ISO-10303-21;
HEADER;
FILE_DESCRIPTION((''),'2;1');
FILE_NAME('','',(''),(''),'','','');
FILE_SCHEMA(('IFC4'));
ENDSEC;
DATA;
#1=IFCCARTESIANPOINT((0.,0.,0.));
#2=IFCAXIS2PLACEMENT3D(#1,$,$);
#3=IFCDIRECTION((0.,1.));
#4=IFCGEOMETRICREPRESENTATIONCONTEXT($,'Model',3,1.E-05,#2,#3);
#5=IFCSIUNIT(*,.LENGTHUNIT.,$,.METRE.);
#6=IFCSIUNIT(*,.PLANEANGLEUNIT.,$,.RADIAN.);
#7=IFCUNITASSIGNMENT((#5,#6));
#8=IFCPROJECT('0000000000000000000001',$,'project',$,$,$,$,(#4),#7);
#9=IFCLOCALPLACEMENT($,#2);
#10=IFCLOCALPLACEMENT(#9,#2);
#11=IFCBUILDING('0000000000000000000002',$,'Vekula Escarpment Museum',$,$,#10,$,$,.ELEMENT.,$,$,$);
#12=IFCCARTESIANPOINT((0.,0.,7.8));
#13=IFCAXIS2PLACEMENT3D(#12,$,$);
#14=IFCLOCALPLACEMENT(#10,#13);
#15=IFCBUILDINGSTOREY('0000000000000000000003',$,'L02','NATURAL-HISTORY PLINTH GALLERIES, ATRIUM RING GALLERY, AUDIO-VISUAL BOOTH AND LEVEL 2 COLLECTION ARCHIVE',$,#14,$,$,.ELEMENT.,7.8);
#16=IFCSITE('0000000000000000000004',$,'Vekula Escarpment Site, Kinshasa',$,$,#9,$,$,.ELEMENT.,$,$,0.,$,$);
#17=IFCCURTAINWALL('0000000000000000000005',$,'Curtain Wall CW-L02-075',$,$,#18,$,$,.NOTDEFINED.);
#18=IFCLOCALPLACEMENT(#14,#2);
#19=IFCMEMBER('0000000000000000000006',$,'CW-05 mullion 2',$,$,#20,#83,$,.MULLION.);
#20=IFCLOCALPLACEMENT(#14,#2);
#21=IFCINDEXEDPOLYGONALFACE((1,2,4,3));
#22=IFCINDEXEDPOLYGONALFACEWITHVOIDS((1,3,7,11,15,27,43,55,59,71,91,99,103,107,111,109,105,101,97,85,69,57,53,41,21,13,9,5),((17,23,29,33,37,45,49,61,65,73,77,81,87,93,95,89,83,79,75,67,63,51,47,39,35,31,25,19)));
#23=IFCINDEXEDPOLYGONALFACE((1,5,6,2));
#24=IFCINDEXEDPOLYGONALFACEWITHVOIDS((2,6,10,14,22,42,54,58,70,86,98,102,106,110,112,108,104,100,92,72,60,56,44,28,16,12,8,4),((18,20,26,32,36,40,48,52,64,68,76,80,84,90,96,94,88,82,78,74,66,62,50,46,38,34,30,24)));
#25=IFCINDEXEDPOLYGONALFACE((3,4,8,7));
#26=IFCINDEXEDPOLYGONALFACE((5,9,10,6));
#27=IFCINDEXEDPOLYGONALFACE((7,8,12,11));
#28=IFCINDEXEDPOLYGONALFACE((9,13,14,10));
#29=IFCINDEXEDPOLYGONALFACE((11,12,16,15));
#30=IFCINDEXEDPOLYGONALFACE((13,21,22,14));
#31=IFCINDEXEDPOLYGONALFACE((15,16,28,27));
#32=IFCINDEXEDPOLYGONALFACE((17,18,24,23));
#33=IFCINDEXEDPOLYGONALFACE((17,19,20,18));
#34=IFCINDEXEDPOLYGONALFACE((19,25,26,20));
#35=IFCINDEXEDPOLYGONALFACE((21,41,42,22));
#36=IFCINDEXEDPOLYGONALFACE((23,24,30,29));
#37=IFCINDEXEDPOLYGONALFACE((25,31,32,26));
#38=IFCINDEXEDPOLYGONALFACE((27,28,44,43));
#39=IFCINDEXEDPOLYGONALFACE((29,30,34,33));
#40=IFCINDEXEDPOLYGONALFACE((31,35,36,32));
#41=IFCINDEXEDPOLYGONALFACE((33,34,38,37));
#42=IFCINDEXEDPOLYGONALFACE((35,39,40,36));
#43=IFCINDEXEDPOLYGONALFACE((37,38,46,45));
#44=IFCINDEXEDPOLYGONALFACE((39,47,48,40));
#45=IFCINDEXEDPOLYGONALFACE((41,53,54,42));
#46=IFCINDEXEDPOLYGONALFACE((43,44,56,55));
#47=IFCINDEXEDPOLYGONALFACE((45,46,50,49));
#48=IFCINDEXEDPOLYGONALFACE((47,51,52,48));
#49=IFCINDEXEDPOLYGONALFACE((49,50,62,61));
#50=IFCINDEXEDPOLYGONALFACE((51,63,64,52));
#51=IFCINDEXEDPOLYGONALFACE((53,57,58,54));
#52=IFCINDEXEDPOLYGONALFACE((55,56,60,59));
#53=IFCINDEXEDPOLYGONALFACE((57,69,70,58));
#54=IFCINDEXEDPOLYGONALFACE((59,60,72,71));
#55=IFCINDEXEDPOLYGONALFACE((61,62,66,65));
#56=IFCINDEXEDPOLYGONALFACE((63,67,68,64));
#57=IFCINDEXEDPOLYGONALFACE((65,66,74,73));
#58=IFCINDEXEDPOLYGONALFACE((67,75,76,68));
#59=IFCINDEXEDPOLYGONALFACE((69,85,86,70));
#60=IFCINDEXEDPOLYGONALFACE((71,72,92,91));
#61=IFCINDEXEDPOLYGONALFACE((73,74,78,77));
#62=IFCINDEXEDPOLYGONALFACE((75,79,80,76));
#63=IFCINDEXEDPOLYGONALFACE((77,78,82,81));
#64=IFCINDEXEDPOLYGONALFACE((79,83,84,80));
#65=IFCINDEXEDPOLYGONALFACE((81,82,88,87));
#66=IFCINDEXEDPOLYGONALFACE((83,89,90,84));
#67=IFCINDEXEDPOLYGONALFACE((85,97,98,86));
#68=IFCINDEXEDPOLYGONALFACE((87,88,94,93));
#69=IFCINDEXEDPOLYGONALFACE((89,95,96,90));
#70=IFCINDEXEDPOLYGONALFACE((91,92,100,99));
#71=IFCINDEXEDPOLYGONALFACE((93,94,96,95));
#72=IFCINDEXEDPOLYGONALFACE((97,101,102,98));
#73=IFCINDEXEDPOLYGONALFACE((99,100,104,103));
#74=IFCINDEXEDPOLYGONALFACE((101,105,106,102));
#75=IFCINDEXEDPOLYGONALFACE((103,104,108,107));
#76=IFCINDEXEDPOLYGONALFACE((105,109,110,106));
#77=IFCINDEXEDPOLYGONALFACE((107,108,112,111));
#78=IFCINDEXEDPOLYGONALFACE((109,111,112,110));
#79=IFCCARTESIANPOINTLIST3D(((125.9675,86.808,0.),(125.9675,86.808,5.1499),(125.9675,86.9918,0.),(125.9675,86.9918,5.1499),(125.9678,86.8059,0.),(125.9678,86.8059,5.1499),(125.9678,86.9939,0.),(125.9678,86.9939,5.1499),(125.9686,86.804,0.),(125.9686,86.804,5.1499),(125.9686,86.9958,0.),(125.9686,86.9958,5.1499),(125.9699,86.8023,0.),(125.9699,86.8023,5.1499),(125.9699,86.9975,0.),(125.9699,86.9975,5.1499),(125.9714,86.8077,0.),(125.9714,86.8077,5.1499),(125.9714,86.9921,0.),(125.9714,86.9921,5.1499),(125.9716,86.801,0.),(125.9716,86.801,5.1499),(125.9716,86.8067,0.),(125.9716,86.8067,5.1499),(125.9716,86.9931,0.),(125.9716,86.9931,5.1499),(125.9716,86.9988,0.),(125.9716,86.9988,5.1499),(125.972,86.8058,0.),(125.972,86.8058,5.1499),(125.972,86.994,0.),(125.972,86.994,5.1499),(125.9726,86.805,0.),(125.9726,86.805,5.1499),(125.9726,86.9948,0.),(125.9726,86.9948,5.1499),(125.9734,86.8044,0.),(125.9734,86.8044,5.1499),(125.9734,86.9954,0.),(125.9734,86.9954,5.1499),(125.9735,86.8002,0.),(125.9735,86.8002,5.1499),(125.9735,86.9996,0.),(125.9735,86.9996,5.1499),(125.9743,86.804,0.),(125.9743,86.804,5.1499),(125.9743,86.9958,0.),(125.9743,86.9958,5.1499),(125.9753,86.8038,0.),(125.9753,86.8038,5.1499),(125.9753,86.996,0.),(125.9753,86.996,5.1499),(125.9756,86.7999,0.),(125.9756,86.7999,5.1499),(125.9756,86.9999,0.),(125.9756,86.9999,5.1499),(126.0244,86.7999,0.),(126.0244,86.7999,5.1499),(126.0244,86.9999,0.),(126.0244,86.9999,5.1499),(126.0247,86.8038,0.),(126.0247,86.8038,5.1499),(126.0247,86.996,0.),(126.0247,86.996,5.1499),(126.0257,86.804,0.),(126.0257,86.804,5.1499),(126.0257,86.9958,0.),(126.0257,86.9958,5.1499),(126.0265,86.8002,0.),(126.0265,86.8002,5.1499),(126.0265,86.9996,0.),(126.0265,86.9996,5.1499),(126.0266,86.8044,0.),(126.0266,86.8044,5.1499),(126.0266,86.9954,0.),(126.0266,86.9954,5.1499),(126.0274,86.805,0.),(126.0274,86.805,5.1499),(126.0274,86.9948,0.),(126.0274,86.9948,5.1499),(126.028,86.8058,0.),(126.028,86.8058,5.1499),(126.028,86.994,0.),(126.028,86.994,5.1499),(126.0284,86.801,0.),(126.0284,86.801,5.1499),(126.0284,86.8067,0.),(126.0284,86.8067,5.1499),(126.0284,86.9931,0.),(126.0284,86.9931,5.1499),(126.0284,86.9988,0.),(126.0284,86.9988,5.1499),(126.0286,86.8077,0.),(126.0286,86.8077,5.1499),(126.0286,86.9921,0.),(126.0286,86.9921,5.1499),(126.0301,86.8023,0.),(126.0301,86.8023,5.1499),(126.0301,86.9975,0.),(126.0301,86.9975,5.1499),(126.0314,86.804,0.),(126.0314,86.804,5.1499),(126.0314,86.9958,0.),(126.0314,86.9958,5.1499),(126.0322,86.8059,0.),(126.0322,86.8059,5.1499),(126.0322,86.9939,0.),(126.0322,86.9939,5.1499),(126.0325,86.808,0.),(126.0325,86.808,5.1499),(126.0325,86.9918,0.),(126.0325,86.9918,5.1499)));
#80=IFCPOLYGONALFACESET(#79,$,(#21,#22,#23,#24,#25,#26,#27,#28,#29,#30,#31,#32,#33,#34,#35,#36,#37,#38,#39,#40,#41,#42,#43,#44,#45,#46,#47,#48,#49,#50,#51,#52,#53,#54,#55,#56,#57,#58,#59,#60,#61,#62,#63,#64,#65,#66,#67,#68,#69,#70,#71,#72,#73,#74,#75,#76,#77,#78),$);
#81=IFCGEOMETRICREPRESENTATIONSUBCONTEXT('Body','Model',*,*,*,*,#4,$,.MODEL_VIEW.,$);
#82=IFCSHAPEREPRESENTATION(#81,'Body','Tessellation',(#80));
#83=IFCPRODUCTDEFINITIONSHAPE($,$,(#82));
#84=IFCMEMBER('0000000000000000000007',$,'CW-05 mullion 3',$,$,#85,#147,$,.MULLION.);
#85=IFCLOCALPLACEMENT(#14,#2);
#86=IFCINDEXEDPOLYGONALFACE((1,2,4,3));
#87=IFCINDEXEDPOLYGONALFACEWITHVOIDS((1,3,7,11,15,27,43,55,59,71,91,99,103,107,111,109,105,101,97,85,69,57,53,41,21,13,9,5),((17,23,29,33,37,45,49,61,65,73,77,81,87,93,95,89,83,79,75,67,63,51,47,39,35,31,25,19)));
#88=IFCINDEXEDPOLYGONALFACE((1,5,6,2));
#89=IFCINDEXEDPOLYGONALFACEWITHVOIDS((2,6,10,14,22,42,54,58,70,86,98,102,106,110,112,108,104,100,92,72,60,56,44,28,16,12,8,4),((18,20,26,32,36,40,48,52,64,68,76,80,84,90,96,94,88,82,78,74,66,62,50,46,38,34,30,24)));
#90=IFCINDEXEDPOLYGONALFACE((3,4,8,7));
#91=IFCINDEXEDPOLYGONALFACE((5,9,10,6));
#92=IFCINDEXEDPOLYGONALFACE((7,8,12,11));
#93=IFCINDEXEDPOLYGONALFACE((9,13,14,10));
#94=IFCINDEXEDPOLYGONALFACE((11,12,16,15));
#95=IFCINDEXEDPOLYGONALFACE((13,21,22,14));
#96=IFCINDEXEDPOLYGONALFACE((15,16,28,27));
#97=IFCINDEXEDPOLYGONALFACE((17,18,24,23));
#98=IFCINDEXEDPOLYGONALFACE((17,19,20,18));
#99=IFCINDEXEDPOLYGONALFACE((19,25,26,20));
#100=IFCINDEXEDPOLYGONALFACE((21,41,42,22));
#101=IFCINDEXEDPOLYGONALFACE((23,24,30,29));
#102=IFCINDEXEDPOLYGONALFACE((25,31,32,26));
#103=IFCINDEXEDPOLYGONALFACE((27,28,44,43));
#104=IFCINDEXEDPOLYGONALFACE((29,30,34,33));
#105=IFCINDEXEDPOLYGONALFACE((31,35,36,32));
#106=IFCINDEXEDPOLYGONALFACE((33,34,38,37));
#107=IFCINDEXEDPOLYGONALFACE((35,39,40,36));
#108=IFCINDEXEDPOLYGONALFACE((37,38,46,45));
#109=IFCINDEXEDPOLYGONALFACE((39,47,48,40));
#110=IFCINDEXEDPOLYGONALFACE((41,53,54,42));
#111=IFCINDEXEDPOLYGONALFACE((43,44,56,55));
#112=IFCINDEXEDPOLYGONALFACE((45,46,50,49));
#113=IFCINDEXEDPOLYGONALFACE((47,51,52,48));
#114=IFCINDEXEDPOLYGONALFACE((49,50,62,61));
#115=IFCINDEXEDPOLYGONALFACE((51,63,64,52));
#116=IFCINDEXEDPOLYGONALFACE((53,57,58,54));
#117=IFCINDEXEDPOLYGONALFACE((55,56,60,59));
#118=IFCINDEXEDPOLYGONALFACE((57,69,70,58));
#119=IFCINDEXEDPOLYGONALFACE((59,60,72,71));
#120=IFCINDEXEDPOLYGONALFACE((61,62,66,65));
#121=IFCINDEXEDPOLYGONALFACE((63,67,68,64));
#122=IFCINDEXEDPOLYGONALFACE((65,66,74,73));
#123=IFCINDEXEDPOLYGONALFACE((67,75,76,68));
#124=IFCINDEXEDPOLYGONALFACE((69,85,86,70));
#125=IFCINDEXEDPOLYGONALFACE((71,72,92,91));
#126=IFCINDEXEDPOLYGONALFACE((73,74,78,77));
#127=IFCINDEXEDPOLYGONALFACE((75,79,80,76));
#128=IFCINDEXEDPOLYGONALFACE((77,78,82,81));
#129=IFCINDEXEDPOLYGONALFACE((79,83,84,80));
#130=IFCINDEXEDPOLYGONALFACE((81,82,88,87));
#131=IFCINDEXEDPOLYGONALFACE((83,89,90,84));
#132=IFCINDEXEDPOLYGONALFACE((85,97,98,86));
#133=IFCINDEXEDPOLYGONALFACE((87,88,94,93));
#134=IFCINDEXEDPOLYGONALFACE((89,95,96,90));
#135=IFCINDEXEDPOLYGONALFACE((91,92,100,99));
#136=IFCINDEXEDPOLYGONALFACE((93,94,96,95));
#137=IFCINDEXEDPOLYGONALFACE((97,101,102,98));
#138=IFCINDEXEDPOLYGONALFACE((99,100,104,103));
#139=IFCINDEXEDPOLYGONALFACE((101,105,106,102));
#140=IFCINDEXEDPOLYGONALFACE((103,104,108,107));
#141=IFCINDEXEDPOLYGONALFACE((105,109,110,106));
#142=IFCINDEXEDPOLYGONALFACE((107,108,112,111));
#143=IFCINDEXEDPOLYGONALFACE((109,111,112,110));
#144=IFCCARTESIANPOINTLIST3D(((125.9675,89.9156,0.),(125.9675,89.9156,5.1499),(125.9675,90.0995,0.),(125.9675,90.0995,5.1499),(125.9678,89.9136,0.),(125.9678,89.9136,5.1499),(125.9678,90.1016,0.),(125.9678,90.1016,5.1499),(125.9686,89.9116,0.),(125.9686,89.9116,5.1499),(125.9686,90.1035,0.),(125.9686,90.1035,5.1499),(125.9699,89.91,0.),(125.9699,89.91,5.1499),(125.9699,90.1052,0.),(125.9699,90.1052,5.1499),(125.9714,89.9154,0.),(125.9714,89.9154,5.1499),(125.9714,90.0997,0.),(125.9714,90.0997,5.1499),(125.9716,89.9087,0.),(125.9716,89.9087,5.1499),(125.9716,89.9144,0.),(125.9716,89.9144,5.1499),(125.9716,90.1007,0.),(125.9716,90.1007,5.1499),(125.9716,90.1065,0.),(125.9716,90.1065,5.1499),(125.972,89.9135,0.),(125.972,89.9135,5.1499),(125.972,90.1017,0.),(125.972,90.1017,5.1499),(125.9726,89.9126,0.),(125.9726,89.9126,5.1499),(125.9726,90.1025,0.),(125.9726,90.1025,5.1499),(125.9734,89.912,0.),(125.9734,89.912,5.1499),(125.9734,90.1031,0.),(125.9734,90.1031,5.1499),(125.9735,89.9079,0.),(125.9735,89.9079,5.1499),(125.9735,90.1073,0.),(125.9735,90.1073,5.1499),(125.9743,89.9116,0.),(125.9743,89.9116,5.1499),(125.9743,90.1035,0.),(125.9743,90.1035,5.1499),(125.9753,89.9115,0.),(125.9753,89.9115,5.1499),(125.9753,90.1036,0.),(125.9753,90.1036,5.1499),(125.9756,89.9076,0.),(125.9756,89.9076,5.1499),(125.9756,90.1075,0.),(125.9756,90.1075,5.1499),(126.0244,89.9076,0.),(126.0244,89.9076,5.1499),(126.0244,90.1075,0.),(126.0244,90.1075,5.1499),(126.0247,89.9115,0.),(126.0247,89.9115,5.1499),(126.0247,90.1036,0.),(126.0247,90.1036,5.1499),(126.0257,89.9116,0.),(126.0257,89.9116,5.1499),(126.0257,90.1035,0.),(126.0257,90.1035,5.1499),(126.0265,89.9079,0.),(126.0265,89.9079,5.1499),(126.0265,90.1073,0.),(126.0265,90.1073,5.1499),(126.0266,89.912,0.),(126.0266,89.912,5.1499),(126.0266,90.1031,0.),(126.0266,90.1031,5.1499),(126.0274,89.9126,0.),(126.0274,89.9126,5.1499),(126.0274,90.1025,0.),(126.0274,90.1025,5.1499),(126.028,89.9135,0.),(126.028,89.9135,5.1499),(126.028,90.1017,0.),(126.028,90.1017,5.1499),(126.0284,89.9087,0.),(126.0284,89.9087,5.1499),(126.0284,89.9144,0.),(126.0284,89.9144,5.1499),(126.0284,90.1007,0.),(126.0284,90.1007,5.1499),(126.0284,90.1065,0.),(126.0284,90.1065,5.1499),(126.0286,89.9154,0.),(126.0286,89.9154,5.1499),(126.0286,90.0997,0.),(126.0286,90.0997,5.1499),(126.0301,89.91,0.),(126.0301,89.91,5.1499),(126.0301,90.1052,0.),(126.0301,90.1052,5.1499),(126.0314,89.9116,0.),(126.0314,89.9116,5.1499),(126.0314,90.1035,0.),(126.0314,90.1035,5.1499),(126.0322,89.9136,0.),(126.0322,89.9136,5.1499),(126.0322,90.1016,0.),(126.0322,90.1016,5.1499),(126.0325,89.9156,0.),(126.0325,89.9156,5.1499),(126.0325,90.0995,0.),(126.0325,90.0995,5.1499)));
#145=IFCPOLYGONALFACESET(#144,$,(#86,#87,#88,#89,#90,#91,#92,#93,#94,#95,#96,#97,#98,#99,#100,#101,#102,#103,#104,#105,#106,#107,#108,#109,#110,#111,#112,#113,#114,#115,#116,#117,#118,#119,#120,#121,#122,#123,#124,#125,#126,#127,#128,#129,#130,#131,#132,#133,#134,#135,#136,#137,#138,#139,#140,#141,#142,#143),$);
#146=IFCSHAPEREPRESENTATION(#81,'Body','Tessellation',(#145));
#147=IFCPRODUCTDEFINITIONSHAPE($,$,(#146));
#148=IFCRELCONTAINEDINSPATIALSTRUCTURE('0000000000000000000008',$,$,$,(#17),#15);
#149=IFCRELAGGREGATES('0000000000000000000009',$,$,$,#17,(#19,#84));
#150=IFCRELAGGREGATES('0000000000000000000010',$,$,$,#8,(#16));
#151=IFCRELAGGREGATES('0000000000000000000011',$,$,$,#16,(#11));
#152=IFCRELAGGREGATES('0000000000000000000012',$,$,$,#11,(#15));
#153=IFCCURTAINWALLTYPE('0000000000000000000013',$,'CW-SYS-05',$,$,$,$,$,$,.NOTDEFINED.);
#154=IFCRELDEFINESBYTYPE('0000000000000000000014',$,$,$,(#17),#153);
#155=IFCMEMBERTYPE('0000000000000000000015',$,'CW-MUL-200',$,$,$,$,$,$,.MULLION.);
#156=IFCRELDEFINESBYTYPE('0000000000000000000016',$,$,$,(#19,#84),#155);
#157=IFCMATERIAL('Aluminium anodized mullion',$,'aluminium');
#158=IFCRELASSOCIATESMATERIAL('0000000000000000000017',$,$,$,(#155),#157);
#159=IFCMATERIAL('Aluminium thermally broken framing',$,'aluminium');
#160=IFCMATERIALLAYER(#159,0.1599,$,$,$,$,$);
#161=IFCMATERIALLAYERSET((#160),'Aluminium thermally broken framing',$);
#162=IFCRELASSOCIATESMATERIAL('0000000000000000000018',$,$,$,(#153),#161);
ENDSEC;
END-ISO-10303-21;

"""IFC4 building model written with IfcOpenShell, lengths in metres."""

from ifc_helpers import new_model, si_unit, direction, frame, origin, origin_2d, place, context, subcontext, project, spatial, hollow_rectangle, extrude, material, layer, layer_set, material_profile, profile_set, type_object, element, aggregate, save


model = new_model("IFC4")

# Units and contexts
model_context = context("Model", 3, precision=1e-05, world=origin(), true_north=direction((0.0, 1.0)))
body_context = subcontext(model_context, "Body", "Model", "MODEL_VIEW")
ifc_project = project(units=[si_unit("LENGTHUNIT", "METRE"), si_unit("PLANEANGLEUNIT", "RADIAN")], contexts=[model_context])

# Site, building, storey
site_placement = place(None, origin())
site = spatial("IfcSite", under=ifc_project, at=site_placement, Name="Vekula Escarpment Site, Kinshasa", CompositionType="ELEMENT", RefElevation=0.0)
building_placement = place(site_placement, origin())
building = spatial("IfcBuilding", under=site, at=building_placement, Name="Vekula Escarpment Museum", CompositionType="ELEMENT")
storey_placement = place(building_placement, frame((0.0, 0.0, 7.8)))
storey = spatial("IfcBuildingStorey", under=building, at=storey_placement, Name="L02", Description="NATURAL-HISTORY PLINTH GALLERIES, ATRIUM RING GALLERY, AUDIO-VISUAL BOOTH AND LEVEL 2 COLLECTION ARCHIVE", CompositionType="ELEMENT", Elevation=7.8)

# Shared definitions
ifc_material_1 = material(Name="Aluminium anodized mullion", Category="aluminium")
ifc_material_profile_1 = material_profile(ifc_material_1, hollow_rectangle(XDim=0.0649, YDim=0.2, WallThickness=0.0039, InnerFilletRadius=0.0039, OuterFilletRadius=0.0081, at=origin_2d()), Name="ALU 200x65x4")
ifc_profile_set_1 = profile_set([ifc_material_profile_1], Name="Aluminium anodized mullion")
member_type_1 = type_object("IfcMemberType", Name="CW-MUL-200", PredefinedType="MULLION", material=ifc_profile_set_1)

# Curtain wall, members
ifc_material_2 = material(Name="Aluminium thermally broken framing", Category="aluminium")
ifc_layer_1 = layer(ifc_material_2, 0.1599)
ifc_layer_set_1 = layer_set([ifc_layer_1], Name="Aluminium thermally broken framing")
curtain_wall_type_1 = type_object("IfcCurtainWallType", Name="CW-SYS-05", PredefinedType="NOTDEFINED", material=ifc_layer_set_1)
curtain_wall_1_placement = place(storey_placement, origin())
curtain_wall_1 = element("IfcCurtainWall", 1, at=curtain_wall_1_placement, inside=storey, type_object=curtain_wall_type_1, Name="Curtain Wall CW-L02-075", PredefinedType="NOTDEFINED")
member_1_placement = place(storey_placement, frame((126.0, 86.8999, 0.0), z_axis=(0.0, 0.0, 1.0), x_axis=(-1.0, 0.0, 0.0)))
member_1 = element("IfcMember", 2, at=member_1_placement, type_object=member_type_1, Name="CW-05 mullion 2", PredefinedType="MULLION", context=body_context, shape_type="SweptSolid", body=[
    extrude(hollow_rectangle(XDim=0.0649, YDim=0.2, WallThickness=0.0039, InnerFilletRadius=0.0039, OuterFilletRadius=0.0081, at=origin_2d()), origin(), (0.0, 0.0, 1.0), 5.1499),
])
member_2_placement = place(storey_placement, frame((126.0, 90.0076, 0.0), z_axis=(0.0, 0.0, 1.0), x_axis=(-1.0, 0.0, 0.0)))
member_2 = element("IfcMember", 3, at=member_2_placement, type_object=member_type_1, Name="CW-05 mullion 3", PredefinedType="MULLION", context=body_context, shape_type="SweptSolid", body=[
    extrude(hollow_rectangle(XDim=0.0649, YDim=0.2, WallThickness=0.0039, InnerFilletRadius=0.0039, OuterFilletRadius=0.0081, at=origin_2d()), origin(), (0.0, 0.0, 1.0), 5.1499),
])

aggregate(curtain_wall_1, [member_1, member_2])

save(model, "model.ifc")
